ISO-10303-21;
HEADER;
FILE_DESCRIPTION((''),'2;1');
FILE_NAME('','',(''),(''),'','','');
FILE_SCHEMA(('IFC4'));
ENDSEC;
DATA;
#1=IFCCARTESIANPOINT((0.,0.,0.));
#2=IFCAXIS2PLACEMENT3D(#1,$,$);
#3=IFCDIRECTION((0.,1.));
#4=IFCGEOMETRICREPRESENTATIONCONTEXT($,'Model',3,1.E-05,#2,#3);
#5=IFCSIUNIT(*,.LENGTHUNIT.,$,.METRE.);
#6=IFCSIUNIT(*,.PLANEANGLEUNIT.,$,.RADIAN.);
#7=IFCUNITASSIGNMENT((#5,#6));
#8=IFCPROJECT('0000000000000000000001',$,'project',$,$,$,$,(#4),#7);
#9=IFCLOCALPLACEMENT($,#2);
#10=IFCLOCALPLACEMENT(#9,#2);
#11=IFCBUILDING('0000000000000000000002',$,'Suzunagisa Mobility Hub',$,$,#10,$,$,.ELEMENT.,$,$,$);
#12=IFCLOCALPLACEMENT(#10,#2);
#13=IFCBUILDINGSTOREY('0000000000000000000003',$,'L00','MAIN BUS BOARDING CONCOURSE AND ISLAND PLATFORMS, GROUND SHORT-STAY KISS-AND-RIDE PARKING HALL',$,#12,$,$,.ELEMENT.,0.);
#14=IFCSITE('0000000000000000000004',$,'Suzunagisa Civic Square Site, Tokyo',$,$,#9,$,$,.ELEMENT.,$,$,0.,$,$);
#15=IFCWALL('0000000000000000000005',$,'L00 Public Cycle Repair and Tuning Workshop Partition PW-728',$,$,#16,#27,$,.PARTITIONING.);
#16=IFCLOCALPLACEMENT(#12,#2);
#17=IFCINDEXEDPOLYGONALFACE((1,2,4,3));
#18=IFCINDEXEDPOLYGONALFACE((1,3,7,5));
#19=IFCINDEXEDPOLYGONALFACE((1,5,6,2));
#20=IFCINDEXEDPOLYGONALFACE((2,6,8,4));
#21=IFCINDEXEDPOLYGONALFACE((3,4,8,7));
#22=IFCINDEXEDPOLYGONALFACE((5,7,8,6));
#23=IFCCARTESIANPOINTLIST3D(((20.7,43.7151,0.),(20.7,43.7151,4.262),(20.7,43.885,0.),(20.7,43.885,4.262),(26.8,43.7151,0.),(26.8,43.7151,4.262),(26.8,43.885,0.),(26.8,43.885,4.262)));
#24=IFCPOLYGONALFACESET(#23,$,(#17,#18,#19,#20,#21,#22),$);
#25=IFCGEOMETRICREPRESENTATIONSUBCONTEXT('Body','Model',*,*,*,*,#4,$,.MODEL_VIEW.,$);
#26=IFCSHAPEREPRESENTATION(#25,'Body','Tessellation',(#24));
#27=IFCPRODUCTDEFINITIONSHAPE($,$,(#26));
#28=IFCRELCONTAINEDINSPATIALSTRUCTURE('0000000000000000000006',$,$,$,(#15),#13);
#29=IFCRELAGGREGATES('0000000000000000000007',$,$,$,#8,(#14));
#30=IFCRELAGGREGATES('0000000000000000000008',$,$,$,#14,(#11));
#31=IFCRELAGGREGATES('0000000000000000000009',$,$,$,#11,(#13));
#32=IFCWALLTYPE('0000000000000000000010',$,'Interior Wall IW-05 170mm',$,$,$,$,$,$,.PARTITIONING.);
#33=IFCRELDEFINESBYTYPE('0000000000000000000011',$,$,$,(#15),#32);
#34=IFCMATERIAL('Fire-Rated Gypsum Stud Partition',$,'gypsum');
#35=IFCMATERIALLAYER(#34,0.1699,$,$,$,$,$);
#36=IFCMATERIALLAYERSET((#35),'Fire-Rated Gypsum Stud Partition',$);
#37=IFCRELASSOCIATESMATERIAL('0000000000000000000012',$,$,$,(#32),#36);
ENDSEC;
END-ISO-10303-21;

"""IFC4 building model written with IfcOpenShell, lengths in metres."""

from ifc_helpers import new_model, si_unit, direction, frame, frame_2d, origin, place, context, subcontext, project, spatial, rectangle, extrude, material, layer, layer_set, type_object, element, save


model = new_model("IFC4")

# Units and contexts
model_context = context("Model", 3, precision=1e-05, world=origin(), true_north=direction((0.0, 1.0)))
body_context = subcontext(model_context, "Body", "Model", "MODEL_VIEW")
ifc_project = project(units=[si_unit("LENGTHUNIT", "METRE"), si_unit("PLANEANGLEUNIT", "RADIAN")], contexts=[model_context])

# Site, building, storey
site_placement = place(None, origin())
site = spatial("IfcSite", under=ifc_project, at=site_placement, Name="Suzunagisa Civic Square Site, Tokyo", CompositionType="ELEMENT", RefElevation=0.0)
building_placement = place(site_placement, origin())
building = spatial("IfcBuilding", under=site, at=building_placement, Name="Suzunagisa Mobility Hub", CompositionType="ELEMENT")
storey_placement = place(building_placement, origin())
storey = spatial("IfcBuildingStorey", under=building, at=storey_placement, Name="L00", Description="MAIN BUS BOARDING CONCOURSE AND ISLAND PLATFORMS, GROUND SHORT-STAY KISS-AND-RIDE PARKING HALL", CompositionType="ELEMENT", Elevation=0.0)

# Wall
ifc_material_1 = material(Name="Fire-Rated Gypsum Stud Partition", Category="gypsum")
ifc_layer_1 = layer(ifc_material_1, 0.1699)
ifc_layer_set_1 = layer_set([ifc_layer_1], Name="Fire-Rated Gypsum Stud Partition")
wall_type_1 = type_object("IfcWallType", Name="Interior Wall IW-05 170mm", PredefinedType="PARTITIONING", material=ifc_layer_set_1)
wall_1_placement = place(storey_placement, frame((20.7, 43.8, 0.0), z_axis=(0.0, 0.0, 1.0), x_axis=(1.0, 0.0, 0.0)))
element("IfcWall", 1, at=wall_1_placement, inside=storey, type_object=wall_type_1, Name="L00 Public Cycle Repair and Tuning Workshop Partition PW-728", PredefinedType="PARTITIONING", context=body_context, shape_type="SweptSolid", body=[
    extrude(rectangle(XDim=6.1001, YDim=0.1699, at=frame_2d((3.05, 0.0))), origin(), (0.0, 0.0, 1.0), 4.262),
])

save(model, "model.ifc")
